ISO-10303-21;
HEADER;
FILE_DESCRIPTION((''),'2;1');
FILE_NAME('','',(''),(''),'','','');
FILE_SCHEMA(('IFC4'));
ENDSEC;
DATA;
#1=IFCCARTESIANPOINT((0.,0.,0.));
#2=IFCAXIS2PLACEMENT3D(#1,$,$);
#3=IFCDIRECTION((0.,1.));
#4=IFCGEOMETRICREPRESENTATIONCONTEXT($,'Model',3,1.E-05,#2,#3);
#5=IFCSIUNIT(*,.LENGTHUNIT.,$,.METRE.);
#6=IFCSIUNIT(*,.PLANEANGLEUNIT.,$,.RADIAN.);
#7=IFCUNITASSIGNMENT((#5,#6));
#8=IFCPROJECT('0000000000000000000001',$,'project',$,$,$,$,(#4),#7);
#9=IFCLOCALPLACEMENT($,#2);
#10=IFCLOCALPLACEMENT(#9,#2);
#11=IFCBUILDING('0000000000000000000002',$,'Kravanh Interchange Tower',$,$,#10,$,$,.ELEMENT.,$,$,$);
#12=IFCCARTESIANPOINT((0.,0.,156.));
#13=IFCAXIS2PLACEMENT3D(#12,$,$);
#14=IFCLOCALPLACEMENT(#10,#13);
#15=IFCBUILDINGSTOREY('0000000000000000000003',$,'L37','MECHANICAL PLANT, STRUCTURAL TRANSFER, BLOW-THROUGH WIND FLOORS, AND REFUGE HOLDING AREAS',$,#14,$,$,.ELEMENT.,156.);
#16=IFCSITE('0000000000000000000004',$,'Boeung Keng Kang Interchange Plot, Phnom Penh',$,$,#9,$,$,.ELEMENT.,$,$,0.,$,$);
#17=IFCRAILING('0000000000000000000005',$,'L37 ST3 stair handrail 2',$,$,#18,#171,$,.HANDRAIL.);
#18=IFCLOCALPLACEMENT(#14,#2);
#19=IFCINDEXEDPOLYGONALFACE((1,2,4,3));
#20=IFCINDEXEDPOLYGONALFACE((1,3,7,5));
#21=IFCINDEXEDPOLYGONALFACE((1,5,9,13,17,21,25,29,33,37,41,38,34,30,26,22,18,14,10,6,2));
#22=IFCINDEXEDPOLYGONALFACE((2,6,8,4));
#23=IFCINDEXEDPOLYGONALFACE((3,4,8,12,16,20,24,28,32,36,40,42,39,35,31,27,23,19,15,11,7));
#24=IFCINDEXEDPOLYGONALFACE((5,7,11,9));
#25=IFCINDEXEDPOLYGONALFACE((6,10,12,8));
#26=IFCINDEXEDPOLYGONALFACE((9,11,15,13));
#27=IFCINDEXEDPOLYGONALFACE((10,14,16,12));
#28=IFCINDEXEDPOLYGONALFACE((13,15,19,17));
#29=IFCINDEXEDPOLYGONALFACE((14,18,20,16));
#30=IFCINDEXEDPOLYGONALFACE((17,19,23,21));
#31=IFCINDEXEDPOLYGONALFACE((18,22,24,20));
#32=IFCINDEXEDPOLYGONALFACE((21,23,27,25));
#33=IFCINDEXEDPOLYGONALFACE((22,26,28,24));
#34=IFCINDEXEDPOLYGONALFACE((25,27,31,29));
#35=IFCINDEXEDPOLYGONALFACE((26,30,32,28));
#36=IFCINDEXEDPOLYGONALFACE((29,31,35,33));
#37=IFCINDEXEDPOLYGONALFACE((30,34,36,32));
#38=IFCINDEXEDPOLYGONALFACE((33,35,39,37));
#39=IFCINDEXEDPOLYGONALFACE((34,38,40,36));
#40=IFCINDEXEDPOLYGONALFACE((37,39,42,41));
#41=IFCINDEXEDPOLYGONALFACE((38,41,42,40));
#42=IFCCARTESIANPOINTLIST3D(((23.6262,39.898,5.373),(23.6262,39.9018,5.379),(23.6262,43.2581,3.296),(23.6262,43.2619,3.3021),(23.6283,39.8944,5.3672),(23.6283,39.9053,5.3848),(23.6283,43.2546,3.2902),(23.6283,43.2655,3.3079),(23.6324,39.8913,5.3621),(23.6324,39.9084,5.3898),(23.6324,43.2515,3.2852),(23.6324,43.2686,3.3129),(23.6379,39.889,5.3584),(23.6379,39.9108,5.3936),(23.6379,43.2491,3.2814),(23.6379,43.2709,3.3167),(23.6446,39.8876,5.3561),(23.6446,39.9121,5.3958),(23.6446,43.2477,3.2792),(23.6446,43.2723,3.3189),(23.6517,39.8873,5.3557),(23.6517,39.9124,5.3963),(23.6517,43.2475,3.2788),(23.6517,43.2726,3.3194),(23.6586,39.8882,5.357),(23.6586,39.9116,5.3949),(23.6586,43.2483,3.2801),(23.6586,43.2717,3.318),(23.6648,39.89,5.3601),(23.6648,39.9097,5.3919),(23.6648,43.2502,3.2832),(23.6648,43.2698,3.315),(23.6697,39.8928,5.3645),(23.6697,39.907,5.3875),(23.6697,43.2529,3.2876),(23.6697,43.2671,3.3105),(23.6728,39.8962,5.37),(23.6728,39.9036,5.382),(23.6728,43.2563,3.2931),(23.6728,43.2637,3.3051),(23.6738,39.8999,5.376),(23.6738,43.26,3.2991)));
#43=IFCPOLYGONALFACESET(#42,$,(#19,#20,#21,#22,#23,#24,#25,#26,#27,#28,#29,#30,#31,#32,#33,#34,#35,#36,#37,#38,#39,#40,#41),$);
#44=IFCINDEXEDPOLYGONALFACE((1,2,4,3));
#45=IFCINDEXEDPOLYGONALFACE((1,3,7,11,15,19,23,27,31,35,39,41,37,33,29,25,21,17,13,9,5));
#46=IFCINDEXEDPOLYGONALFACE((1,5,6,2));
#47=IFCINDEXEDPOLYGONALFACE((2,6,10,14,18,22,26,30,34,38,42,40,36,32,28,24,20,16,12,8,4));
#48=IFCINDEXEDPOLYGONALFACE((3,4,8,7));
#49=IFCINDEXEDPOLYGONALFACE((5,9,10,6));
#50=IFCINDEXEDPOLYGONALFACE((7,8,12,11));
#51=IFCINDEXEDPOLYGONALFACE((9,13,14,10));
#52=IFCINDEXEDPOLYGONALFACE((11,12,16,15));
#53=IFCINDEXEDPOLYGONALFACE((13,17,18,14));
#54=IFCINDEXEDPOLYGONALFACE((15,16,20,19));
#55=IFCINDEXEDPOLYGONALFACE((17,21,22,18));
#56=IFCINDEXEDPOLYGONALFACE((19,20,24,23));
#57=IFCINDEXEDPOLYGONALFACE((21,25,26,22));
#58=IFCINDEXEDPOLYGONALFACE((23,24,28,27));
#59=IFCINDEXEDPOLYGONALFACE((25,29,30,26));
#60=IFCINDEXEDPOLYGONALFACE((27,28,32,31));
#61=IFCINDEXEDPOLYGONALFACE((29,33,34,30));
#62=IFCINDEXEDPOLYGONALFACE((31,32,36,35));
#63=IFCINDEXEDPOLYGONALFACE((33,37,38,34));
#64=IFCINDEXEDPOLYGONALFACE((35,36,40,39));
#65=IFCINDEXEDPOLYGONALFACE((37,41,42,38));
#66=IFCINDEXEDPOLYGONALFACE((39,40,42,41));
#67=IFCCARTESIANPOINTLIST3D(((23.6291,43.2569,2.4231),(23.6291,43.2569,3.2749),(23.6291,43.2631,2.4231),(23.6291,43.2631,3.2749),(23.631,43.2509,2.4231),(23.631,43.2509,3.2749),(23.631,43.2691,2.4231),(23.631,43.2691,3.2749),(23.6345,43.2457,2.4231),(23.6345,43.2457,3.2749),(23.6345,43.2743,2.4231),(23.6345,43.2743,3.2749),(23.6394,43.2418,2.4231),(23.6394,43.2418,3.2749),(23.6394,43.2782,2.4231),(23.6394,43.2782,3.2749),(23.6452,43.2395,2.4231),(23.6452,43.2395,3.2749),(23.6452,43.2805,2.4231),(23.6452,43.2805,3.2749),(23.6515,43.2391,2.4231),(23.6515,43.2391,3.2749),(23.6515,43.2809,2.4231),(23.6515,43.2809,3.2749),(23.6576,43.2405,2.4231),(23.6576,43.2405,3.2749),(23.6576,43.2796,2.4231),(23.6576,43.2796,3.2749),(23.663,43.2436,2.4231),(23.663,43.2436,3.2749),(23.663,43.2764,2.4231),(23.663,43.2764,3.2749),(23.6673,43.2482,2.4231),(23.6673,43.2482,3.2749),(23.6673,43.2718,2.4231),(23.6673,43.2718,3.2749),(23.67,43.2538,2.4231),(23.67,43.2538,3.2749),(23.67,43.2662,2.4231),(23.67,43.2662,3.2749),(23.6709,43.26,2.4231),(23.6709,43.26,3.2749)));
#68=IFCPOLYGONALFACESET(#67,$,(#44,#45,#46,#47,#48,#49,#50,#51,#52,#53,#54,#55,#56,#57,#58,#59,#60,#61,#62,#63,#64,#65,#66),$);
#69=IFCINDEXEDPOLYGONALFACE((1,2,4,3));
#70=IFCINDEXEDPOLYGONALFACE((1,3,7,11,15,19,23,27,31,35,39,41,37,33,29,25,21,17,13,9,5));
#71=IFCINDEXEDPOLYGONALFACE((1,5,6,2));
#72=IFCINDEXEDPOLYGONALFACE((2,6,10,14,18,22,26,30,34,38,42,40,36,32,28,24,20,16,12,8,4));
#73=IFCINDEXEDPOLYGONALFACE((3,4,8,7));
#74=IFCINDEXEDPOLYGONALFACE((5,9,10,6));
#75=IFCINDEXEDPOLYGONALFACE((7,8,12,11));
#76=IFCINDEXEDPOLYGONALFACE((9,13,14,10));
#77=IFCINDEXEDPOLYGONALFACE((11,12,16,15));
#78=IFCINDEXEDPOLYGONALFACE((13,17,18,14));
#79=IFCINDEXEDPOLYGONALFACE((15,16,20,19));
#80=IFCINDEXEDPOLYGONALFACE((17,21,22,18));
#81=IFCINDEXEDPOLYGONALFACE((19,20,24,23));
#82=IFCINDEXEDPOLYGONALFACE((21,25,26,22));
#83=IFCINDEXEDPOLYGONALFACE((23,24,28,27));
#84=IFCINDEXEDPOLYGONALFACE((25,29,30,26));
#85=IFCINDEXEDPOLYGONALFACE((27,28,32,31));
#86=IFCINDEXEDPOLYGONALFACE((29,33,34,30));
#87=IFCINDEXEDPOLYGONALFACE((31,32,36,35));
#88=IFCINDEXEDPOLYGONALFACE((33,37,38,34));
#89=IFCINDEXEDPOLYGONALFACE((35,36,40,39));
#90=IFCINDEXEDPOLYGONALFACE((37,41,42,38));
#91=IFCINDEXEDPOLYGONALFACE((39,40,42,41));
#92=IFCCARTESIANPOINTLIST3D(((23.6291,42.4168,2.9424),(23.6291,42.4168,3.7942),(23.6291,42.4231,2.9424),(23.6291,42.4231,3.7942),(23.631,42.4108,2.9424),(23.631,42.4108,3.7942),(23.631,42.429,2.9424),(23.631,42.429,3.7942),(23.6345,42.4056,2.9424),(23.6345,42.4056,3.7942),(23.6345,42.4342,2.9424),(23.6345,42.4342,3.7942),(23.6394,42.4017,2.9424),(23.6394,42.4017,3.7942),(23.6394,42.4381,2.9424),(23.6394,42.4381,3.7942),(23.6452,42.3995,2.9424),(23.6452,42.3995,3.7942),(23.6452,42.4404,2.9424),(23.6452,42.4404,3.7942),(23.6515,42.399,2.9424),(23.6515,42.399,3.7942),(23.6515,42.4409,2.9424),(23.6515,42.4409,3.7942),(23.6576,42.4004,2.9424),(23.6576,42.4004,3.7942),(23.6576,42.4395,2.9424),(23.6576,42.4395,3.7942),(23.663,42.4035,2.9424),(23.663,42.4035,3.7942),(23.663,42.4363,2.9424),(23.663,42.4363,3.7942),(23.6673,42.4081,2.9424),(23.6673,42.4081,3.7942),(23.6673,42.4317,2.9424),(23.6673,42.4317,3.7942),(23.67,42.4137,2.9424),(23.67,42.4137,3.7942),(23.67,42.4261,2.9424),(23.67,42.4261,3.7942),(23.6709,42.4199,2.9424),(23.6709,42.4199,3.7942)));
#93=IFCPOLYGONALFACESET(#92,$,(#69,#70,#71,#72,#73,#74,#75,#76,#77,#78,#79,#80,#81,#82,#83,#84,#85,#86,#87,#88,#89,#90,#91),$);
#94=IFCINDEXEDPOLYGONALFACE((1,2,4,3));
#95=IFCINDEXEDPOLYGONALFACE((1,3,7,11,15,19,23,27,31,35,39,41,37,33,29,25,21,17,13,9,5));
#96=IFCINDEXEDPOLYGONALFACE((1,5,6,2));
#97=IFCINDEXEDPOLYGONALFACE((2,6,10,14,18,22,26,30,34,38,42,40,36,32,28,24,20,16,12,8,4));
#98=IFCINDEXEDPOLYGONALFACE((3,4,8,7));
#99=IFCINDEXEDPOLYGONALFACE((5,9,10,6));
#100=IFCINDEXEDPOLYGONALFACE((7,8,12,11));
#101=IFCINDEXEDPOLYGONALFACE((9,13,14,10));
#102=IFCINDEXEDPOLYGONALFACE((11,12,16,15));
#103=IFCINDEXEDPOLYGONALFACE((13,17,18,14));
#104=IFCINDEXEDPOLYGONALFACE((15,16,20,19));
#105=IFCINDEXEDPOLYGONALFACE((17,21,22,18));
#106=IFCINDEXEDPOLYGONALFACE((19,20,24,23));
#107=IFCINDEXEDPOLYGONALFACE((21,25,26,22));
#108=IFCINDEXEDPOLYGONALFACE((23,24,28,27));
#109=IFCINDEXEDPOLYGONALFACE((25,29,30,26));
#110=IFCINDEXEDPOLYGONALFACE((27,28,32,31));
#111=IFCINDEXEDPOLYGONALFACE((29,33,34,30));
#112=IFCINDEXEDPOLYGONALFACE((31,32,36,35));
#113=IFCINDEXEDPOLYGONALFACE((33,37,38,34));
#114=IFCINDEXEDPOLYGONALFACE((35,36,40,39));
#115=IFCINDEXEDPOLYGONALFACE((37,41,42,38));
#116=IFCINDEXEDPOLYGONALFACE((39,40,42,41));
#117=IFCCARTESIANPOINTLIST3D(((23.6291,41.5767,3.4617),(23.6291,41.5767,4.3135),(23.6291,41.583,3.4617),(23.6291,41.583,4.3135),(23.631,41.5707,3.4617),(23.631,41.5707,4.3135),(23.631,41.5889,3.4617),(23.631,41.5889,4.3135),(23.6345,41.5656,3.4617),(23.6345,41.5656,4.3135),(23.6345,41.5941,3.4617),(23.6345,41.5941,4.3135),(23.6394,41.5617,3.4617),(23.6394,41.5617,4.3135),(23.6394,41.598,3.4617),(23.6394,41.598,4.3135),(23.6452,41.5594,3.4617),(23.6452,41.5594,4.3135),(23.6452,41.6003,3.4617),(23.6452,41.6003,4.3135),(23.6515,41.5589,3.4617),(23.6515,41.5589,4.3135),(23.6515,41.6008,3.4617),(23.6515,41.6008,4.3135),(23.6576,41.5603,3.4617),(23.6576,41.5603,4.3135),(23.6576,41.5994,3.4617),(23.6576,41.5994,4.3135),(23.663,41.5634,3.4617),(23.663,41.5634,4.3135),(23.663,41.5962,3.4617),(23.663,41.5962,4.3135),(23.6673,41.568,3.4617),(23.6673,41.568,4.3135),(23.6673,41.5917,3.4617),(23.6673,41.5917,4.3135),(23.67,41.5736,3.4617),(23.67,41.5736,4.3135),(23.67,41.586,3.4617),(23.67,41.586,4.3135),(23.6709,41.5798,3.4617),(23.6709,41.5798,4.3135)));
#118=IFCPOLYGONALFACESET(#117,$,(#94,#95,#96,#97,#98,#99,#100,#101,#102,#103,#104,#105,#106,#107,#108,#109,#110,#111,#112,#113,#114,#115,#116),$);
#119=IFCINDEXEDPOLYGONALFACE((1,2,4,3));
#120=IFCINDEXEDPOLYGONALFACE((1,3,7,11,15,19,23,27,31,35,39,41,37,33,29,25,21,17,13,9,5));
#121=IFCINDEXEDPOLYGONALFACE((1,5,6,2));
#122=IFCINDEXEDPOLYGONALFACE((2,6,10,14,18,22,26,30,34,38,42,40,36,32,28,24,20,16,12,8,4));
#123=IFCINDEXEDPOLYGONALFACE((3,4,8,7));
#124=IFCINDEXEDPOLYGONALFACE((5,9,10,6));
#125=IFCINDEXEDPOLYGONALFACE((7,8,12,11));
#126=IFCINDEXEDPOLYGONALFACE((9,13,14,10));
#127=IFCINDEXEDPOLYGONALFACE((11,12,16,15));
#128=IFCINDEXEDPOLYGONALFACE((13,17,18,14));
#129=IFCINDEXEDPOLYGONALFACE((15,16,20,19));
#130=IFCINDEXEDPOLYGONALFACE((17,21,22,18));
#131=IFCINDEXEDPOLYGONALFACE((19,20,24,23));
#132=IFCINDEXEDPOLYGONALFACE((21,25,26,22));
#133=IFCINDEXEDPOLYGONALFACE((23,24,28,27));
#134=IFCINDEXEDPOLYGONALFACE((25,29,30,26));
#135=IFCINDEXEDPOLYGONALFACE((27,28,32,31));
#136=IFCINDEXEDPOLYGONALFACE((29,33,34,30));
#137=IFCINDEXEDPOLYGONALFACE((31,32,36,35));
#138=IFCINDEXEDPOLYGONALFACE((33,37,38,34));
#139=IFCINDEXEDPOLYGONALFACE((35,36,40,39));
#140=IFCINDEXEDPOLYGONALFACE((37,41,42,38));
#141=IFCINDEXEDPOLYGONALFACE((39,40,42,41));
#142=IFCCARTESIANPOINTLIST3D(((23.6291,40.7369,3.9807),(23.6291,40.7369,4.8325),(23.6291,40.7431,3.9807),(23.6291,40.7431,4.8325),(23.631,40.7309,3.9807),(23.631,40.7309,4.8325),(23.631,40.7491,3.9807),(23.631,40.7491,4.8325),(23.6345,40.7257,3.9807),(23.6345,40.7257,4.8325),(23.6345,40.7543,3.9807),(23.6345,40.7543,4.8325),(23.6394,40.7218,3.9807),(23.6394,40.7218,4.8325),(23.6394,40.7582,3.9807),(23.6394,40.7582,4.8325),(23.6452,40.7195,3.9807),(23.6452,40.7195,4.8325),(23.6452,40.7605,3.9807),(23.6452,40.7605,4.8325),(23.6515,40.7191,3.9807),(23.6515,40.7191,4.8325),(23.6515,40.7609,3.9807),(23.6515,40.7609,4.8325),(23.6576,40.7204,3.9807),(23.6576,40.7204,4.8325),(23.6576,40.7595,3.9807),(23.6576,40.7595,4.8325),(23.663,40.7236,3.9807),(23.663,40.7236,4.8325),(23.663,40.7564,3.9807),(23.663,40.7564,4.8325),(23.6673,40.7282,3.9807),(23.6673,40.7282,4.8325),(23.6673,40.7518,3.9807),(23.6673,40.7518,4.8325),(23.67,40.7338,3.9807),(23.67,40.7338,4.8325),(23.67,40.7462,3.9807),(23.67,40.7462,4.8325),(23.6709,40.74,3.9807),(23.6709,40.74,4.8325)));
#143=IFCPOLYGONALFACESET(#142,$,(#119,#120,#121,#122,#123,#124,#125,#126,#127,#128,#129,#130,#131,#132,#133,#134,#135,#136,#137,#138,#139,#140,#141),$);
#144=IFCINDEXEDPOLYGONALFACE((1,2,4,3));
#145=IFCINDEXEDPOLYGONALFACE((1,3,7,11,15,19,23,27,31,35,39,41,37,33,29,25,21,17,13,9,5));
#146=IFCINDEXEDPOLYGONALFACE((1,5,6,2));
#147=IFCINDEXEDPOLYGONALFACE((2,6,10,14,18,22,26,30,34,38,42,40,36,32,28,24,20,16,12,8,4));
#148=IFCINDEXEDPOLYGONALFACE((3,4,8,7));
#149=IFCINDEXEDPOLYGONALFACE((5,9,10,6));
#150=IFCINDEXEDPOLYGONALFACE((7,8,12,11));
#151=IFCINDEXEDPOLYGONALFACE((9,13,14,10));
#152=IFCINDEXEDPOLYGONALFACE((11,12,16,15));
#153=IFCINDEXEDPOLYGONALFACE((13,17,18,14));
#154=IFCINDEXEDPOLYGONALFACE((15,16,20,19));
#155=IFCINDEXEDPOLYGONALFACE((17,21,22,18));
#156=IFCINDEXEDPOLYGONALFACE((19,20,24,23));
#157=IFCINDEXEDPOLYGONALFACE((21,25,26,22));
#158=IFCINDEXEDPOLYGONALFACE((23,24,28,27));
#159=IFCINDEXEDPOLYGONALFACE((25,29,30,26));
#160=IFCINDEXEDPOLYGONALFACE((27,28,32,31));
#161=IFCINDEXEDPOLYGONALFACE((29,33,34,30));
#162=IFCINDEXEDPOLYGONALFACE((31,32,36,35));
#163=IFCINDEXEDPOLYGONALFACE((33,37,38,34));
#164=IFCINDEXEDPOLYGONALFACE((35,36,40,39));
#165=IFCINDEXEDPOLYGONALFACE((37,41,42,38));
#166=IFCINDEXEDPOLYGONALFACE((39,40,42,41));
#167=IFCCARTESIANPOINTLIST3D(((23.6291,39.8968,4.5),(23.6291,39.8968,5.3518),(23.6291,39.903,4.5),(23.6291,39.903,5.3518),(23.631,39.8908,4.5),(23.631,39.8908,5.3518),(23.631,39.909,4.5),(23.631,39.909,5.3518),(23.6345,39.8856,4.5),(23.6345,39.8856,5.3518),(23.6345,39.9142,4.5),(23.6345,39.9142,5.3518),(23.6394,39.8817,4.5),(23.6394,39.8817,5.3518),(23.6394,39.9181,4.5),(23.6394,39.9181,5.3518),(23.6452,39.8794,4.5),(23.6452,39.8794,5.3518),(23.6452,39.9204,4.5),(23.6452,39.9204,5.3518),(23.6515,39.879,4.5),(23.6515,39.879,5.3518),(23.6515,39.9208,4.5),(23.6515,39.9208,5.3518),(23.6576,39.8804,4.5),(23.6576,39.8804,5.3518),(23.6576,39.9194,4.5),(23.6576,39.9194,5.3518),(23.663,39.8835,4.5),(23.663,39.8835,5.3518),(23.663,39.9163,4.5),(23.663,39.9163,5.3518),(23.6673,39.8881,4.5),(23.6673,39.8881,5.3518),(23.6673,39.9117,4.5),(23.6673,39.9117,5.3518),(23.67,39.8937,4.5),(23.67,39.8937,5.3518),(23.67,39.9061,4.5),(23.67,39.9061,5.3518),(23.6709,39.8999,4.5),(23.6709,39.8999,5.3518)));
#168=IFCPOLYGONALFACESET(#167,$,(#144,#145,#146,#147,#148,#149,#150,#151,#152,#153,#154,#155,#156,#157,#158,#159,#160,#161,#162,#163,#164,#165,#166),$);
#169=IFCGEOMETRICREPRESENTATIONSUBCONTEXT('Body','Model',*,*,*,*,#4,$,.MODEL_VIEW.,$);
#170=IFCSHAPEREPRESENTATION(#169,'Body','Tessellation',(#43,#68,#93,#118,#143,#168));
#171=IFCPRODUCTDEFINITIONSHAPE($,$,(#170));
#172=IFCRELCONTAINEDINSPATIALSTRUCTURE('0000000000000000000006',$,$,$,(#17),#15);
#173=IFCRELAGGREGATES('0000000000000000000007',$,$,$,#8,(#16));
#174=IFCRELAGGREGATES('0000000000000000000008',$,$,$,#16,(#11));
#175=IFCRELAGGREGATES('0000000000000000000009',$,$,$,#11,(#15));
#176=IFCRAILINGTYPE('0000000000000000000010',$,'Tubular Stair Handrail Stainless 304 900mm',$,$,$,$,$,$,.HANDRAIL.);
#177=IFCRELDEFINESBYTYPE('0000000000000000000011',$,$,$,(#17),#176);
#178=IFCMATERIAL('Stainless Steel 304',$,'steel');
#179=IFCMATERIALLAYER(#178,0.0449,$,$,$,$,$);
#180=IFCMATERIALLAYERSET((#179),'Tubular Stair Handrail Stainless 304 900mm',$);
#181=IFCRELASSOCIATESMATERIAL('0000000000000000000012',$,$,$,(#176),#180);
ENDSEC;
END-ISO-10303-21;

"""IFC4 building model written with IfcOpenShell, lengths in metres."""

from ifc_helpers import new_model, si_unit, direction, frame, origin, origin_2d, place, context, subcontext, project, spatial, circle, extrude, material, layer, layer_set, type_object, element, save


model = new_model("IFC4")

# Units and contexts
model_context = context("Model", 3, precision=1e-05, world=origin(), true_north=direction((0.0, 1.0)))
body_context = subcontext(model_context, "Body", "Model", "MODEL_VIEW")
ifc_project = project(units=[si_unit("LENGTHUNIT", "METRE"), si_unit("PLANEANGLEUNIT", "RADIAN")], contexts=[model_context])

# Site, building, storey
site_placement = place(None, origin())
site = spatial("IfcSite", under=ifc_project, at=site_placement, Name="Boeung Keng Kang Interchange Plot, Phnom Penh", CompositionType="ELEMENT", RefElevation=0.0)
building_placement = place(site_placement, origin())
building = spatial("IfcBuilding", under=site, at=building_placement, Name="Kravanh Interchange Tower", CompositionType="ELEMENT")
storey_placement = place(building_placement, frame((0.0, 0.0, 156.0)))
storey = spatial("IfcBuildingStorey", under=building, at=storey_placement, Name="L37", Description="MECHANICAL PLANT, STRUCTURAL TRANSFER, BLOW-THROUGH WIND FLOORS, AND REFUGE HOLDING AREAS", CompositionType="ELEMENT", Elevation=156.0)

# Railing
ifc_material_1 = material(Name="Stainless Steel 304", Category="steel")
ifc_layer_1 = layer(ifc_material_1, 0.0449)
ifc_layer_set_1 = layer_set([ifc_layer_1], Name="Tubular Stair Handrail Stainless 304 900mm")
railing_type_1 = type_object("IfcRailingType", Name="Tubular Stair Handrail Stainless 304 900mm", PredefinedType="HANDRAIL", material=ifc_layer_set_1)
railing_1_placement = place(storey_placement, frame((23.6499, 43.26, 2.4231)))
element("IfcRailing", 1, at=railing_1_placement, inside=storey, type_object=railing_type_1, Name="L37 ST3 stair handrail 2", PredefinedType="HANDRAIL", context=body_context, shape_type="SweptSolid", body=[
    extrude(circle(Radius=0.0239, at=origin_2d()), frame((0.0, 0.0, 0.876), z_axis=(0.0, -0.850623, 0.525776), x_axis=(1.0, 0.0, 0.0)), (0.0, 0.0, 1.0), 3.9502),
    extrude(circle(Radius=0.021, at=origin_2d()), origin(), (0.0, 0.0, 1.0), 0.8518),
    extrude(circle(Radius=0.021, at=origin_2d()), frame((0.0, -0.8401, 0.5193)), (0.0, 0.0, 1.0), 0.8518),
    extrude(circle(Radius=0.021, at=origin_2d()), frame((0.0, -1.6802, 1.0386)), (0.0, 0.0, 1.0), 0.8518),
    extrude(circle(Radius=0.021, at=origin_2d()), frame((0.0, -2.52, 1.5576)), (0.0, 0.0, 1.0), 0.8518),
    extrude(circle(Radius=0.021, at=origin_2d()), frame((0.0, -3.3601, 2.0769)), (0.0, 0.0, 1.0), 0.8518),
])

save(model, "model.ifc")
